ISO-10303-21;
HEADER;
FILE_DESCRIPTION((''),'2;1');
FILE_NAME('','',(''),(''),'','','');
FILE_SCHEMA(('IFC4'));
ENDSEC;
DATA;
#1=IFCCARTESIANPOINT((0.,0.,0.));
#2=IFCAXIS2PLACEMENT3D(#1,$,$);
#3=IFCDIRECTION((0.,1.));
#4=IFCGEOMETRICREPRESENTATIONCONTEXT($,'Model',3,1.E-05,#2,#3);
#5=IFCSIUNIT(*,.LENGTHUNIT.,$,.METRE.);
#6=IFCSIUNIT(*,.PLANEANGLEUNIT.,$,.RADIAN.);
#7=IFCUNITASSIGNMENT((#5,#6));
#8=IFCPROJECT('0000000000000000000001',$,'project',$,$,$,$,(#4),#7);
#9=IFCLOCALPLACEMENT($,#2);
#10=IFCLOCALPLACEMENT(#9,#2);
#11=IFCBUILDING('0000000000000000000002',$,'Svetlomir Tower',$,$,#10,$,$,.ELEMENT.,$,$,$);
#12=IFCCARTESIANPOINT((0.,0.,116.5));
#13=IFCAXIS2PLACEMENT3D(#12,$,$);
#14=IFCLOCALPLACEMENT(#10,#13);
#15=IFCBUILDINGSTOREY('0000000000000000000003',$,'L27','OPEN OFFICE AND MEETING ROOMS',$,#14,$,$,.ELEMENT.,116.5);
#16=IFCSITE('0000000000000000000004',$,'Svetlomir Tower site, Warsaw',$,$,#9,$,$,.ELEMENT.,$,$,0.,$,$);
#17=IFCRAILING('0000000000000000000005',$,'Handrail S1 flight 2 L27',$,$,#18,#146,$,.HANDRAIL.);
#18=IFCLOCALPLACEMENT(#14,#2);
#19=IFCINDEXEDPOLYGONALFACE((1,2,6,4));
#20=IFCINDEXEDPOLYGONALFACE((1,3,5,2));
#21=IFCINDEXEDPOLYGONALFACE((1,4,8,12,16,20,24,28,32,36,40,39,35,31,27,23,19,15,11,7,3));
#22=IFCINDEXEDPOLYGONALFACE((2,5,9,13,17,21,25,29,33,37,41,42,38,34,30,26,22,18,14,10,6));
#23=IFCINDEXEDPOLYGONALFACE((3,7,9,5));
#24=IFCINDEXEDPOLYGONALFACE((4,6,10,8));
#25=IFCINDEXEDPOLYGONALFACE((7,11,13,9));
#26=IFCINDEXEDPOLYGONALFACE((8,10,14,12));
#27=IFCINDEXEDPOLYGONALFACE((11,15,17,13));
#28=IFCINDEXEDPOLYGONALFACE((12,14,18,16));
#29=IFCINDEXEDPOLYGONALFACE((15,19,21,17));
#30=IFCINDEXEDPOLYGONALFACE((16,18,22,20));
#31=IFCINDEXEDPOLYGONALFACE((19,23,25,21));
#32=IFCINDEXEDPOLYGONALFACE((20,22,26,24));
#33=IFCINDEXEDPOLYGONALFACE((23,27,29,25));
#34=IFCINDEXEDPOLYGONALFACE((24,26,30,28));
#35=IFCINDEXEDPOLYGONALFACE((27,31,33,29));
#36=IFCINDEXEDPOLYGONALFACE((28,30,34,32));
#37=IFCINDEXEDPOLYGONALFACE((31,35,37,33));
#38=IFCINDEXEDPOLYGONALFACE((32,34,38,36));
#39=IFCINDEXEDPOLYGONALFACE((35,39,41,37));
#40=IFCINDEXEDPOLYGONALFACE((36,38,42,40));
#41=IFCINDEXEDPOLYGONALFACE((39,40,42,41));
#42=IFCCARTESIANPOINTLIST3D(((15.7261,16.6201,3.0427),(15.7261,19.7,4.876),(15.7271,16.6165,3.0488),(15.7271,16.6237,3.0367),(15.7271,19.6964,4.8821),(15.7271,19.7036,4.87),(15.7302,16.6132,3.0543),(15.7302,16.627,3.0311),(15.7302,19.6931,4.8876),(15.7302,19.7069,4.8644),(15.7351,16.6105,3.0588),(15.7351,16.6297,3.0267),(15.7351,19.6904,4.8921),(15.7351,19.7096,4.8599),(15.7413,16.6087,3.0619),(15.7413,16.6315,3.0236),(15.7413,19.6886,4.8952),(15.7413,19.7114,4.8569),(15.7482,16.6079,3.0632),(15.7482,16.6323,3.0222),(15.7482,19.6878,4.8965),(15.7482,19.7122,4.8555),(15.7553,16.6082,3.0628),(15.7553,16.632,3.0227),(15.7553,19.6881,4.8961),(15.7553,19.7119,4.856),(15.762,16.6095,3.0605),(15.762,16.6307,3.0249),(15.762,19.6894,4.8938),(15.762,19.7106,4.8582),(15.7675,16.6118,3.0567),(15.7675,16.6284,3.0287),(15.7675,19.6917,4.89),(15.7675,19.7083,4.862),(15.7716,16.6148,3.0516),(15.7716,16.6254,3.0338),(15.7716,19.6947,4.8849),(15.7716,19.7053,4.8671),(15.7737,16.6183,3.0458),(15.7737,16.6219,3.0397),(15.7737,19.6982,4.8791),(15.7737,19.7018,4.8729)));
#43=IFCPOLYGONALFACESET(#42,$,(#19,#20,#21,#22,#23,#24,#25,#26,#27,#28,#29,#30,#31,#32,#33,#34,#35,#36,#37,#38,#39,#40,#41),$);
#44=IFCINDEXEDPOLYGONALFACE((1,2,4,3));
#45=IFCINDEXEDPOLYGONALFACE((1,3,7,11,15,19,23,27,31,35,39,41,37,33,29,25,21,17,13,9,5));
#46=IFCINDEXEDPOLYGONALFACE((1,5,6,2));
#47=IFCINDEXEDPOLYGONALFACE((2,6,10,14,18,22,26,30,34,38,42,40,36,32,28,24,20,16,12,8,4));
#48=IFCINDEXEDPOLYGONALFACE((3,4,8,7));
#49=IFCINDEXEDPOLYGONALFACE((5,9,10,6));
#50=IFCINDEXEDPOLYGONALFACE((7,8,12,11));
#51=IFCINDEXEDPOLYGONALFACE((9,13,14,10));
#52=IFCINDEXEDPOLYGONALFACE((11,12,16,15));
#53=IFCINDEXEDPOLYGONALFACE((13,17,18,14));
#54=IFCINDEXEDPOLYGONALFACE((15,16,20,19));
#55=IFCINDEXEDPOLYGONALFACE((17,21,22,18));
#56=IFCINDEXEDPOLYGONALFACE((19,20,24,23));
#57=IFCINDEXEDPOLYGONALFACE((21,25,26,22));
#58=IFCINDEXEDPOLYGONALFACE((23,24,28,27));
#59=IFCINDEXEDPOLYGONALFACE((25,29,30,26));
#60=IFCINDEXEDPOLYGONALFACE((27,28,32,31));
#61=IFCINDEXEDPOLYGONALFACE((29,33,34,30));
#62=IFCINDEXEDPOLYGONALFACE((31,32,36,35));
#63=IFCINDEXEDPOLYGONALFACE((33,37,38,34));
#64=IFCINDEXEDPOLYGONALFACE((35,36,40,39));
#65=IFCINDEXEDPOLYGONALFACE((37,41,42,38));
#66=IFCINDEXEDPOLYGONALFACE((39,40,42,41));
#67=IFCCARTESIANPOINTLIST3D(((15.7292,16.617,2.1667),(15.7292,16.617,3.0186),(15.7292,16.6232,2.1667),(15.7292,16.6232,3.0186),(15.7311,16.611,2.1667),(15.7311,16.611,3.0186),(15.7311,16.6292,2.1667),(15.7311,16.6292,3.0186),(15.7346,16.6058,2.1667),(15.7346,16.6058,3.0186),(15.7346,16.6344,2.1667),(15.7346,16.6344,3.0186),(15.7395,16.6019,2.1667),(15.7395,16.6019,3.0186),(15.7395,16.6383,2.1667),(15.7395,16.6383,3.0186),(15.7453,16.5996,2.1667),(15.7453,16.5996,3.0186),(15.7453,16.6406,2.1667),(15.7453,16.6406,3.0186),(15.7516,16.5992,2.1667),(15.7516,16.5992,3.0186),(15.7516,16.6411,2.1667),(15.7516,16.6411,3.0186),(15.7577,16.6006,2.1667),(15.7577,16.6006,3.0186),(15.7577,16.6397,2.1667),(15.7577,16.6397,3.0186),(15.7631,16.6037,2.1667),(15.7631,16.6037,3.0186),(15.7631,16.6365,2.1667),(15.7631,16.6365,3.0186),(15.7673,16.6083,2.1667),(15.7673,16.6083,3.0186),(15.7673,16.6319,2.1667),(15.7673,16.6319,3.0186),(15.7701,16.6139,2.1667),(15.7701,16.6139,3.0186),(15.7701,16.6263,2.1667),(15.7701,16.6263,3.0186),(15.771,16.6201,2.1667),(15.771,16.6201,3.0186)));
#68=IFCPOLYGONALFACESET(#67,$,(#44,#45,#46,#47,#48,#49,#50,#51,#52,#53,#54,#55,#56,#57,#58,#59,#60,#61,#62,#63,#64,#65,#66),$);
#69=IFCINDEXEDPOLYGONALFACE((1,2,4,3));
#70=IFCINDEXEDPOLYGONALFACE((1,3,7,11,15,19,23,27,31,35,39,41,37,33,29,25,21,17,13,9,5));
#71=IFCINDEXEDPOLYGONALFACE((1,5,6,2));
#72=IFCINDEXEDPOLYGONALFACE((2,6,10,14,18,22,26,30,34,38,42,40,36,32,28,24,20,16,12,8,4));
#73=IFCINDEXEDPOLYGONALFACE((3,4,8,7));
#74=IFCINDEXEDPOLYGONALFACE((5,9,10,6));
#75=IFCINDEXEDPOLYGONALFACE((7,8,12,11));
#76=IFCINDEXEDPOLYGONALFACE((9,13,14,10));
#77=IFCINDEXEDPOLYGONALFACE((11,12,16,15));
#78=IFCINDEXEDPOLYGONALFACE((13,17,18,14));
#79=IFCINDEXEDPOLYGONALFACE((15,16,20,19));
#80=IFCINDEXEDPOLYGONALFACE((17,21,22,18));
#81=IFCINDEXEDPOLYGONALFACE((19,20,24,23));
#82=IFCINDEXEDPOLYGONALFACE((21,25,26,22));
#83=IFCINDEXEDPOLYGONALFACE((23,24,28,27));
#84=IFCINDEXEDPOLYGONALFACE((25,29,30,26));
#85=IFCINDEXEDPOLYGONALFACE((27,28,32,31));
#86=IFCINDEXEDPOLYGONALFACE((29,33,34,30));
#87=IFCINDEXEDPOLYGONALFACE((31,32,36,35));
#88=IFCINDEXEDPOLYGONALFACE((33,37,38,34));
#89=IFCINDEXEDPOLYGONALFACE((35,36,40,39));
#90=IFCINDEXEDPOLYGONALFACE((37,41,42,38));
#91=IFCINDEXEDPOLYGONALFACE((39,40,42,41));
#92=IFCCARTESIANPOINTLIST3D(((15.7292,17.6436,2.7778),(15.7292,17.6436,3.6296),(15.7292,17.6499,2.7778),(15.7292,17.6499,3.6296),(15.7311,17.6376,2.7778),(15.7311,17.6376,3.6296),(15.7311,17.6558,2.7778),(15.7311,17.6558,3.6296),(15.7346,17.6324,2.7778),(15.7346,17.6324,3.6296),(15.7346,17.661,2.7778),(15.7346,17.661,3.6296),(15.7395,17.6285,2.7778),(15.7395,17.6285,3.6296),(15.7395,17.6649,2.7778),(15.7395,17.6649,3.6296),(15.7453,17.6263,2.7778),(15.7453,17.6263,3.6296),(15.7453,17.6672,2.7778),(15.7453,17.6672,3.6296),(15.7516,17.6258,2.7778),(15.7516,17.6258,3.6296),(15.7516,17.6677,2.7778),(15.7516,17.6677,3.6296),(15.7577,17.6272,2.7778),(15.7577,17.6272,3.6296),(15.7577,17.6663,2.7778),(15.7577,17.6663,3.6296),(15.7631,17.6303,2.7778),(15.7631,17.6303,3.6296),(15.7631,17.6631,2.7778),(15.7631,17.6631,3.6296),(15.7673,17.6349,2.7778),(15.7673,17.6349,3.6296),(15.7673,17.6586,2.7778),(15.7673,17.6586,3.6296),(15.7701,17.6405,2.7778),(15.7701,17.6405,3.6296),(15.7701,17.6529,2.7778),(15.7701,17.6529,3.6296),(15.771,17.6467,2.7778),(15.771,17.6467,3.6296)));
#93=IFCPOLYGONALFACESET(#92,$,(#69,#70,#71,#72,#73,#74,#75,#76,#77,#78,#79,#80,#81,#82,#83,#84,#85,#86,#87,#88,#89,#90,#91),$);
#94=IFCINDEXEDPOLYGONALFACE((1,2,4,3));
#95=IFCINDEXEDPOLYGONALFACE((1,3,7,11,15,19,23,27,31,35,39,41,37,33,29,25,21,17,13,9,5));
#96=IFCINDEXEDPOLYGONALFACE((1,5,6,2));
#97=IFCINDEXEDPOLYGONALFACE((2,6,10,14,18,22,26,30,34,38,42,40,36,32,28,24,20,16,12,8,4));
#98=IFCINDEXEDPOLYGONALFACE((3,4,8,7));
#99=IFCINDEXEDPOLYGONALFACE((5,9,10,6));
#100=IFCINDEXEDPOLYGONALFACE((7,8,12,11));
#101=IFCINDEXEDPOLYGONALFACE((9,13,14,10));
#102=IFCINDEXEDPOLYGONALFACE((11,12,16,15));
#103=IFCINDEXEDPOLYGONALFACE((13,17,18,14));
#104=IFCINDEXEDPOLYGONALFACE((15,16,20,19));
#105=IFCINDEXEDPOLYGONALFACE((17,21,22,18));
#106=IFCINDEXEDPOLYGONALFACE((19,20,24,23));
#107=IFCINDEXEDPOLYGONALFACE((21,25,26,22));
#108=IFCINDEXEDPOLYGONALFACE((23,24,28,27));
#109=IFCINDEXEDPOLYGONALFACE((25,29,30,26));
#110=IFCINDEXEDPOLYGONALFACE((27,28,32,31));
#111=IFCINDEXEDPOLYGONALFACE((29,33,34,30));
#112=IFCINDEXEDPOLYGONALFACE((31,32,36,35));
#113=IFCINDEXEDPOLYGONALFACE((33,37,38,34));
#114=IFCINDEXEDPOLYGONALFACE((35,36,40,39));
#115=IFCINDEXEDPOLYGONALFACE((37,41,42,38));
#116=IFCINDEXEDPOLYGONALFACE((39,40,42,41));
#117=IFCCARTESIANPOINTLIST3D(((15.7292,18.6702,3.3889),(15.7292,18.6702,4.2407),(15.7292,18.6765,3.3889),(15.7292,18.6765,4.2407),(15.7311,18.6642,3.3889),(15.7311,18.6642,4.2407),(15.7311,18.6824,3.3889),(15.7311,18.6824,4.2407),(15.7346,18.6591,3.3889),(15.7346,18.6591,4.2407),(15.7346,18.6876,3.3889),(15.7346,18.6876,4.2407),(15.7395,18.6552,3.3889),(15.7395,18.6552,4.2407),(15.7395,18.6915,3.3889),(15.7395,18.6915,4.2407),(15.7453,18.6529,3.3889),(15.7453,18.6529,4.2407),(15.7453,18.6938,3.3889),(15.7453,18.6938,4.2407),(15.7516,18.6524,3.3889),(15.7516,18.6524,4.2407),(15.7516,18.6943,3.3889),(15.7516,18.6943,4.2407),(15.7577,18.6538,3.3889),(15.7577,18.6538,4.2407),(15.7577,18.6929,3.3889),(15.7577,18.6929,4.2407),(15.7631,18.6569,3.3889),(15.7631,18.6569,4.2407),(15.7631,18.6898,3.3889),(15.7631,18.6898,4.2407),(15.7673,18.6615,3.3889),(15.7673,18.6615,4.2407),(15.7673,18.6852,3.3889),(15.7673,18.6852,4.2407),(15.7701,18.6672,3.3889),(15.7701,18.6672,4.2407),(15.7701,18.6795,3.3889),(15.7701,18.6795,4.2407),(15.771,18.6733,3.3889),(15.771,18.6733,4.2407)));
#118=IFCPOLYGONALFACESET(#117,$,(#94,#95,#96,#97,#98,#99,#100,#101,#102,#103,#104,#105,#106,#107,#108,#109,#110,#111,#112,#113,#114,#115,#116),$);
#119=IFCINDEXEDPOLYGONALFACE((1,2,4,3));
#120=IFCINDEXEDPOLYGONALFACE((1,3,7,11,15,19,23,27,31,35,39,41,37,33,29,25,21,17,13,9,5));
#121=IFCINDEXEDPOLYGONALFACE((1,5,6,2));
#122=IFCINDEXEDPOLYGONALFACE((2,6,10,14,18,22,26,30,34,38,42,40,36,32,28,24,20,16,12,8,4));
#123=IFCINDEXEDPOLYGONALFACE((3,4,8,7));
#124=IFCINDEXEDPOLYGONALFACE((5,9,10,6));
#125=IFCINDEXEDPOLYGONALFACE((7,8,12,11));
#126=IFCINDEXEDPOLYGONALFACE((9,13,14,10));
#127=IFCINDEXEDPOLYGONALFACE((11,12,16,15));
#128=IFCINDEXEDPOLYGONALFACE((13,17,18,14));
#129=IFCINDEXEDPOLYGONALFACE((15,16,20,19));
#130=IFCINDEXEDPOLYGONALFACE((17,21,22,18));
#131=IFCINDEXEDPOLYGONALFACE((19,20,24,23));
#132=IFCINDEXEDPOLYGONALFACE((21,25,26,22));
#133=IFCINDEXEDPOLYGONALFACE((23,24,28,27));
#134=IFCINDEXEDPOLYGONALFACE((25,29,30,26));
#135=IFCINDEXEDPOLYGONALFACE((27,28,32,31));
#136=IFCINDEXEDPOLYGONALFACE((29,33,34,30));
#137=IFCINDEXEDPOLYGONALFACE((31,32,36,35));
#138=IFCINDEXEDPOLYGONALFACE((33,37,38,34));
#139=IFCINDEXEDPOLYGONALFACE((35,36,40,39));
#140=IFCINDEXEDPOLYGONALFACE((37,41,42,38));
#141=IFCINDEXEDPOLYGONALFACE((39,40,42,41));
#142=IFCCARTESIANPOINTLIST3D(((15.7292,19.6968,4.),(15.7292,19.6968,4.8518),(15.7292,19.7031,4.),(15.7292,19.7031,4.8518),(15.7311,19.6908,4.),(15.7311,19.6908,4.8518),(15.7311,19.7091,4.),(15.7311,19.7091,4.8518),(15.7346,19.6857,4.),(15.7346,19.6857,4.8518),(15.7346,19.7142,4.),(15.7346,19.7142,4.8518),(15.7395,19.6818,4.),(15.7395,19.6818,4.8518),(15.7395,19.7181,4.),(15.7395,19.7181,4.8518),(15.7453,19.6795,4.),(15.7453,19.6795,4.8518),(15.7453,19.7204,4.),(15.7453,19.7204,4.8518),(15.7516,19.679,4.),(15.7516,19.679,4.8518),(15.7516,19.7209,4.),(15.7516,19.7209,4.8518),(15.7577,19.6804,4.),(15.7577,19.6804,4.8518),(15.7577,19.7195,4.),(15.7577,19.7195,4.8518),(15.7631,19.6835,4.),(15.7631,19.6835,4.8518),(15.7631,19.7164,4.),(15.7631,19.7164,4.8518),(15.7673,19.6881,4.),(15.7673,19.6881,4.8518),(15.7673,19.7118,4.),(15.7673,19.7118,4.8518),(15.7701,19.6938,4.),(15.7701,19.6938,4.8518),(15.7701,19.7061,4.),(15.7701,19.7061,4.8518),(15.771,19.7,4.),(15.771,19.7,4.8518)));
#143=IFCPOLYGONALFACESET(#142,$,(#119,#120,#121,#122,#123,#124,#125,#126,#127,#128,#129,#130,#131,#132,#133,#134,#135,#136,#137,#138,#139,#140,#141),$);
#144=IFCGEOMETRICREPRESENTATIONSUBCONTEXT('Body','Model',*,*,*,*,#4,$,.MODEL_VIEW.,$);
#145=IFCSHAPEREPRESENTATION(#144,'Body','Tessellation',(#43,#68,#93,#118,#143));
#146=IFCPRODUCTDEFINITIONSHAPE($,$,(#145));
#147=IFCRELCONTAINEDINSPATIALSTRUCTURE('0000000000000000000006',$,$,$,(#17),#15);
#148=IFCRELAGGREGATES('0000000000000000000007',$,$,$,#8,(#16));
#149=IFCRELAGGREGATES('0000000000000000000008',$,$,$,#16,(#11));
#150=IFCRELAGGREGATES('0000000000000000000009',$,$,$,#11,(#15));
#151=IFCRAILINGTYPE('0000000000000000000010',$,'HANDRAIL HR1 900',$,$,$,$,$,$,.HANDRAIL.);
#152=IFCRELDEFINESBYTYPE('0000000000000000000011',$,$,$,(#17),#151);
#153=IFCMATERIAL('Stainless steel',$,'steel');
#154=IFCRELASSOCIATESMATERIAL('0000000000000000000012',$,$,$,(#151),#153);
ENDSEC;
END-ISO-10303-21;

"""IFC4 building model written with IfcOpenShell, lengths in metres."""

from ifc_helpers import new_model, si_unit, direction, frame, origin, origin_2d, place, context, subcontext, project, spatial, circle, extrude, material, type_object, element, save


model = new_model("IFC4")

# Units and contexts
model_context = context("Model", 3, precision=1e-05, world=origin(), true_north=direction((0.0, 1.0)))
body_context = subcontext(model_context, "Body", "Model", "MODEL_VIEW")
ifc_project = project(units=[si_unit("LENGTHUNIT", "METRE"), si_unit("PLANEANGLEUNIT", "RADIAN")], contexts=[model_context])

# Site, building, storey
site_placement = place(None, origin())
site = spatial("IfcSite", under=ifc_project, at=site_placement, Name="Svetlomir Tower site, Warsaw", CompositionType="ELEMENT", RefElevation=0.0)
building_placement = place(site_placement, origin())
building = spatial("IfcBuilding", under=site, at=building_placement, Name="Svetlomir Tower", CompositionType="ELEMENT")
storey_placement = place(building_placement, frame((0.0, 0.0, 116.5)))
storey = spatial("IfcBuildingStorey", under=building, at=storey_placement, Name="L27", Description="OPEN OFFICE AND MEETING ROOMS", CompositionType="ELEMENT", Elevation=116.5)

# Railing
ifc_material_1 = material(Name="Stainless steel", Category="steel")
railing_type = type_object("IfcRailingType", Name="HANDRAIL HR1 900", PredefinedType="HANDRAIL", material=ifc_material_1)
railing_placement = place(storey_placement, frame((15.75, 16.6201, 2.1667)))
element("IfcRailing", 1, at=railing_placement, inside=storey, type_object=railing_type, Name="Handrail S1 flight 2 L27", PredefinedType="HANDRAIL", context=body_context, shape_type="SweptSolid", body=[
    extrude(circle(Radius=0.0239, at=origin_2d()), frame((0.0, 0.0, 0.876), z_axis=(0.0, 0.859291, 0.511487), x_axis=(-1.0, 0.0, 0.0)), (0.0, 0.0, 1.0), 3.5842),
    extrude(circle(Radius=0.021, at=origin_2d()), origin(), (0.0, 0.0, 1.0), 0.8518),
    extrude(circle(Radius=0.021, at=origin_2d()), frame((0.0, 1.0266, 0.6111)), (0.0, 0.0, 1.0), 0.8518),
    extrude(circle(Radius=0.021, at=origin_2d()), frame((0.0, 2.0532, 1.2222)), (0.0, 0.0, 1.0), 0.8518),
    extrude(circle(Radius=0.021, at=origin_2d()), frame((0.0, 3.0798, 1.8333)), (0.0, 0.0, 1.0), 0.8518),
])

save(model, "model.ifc")
